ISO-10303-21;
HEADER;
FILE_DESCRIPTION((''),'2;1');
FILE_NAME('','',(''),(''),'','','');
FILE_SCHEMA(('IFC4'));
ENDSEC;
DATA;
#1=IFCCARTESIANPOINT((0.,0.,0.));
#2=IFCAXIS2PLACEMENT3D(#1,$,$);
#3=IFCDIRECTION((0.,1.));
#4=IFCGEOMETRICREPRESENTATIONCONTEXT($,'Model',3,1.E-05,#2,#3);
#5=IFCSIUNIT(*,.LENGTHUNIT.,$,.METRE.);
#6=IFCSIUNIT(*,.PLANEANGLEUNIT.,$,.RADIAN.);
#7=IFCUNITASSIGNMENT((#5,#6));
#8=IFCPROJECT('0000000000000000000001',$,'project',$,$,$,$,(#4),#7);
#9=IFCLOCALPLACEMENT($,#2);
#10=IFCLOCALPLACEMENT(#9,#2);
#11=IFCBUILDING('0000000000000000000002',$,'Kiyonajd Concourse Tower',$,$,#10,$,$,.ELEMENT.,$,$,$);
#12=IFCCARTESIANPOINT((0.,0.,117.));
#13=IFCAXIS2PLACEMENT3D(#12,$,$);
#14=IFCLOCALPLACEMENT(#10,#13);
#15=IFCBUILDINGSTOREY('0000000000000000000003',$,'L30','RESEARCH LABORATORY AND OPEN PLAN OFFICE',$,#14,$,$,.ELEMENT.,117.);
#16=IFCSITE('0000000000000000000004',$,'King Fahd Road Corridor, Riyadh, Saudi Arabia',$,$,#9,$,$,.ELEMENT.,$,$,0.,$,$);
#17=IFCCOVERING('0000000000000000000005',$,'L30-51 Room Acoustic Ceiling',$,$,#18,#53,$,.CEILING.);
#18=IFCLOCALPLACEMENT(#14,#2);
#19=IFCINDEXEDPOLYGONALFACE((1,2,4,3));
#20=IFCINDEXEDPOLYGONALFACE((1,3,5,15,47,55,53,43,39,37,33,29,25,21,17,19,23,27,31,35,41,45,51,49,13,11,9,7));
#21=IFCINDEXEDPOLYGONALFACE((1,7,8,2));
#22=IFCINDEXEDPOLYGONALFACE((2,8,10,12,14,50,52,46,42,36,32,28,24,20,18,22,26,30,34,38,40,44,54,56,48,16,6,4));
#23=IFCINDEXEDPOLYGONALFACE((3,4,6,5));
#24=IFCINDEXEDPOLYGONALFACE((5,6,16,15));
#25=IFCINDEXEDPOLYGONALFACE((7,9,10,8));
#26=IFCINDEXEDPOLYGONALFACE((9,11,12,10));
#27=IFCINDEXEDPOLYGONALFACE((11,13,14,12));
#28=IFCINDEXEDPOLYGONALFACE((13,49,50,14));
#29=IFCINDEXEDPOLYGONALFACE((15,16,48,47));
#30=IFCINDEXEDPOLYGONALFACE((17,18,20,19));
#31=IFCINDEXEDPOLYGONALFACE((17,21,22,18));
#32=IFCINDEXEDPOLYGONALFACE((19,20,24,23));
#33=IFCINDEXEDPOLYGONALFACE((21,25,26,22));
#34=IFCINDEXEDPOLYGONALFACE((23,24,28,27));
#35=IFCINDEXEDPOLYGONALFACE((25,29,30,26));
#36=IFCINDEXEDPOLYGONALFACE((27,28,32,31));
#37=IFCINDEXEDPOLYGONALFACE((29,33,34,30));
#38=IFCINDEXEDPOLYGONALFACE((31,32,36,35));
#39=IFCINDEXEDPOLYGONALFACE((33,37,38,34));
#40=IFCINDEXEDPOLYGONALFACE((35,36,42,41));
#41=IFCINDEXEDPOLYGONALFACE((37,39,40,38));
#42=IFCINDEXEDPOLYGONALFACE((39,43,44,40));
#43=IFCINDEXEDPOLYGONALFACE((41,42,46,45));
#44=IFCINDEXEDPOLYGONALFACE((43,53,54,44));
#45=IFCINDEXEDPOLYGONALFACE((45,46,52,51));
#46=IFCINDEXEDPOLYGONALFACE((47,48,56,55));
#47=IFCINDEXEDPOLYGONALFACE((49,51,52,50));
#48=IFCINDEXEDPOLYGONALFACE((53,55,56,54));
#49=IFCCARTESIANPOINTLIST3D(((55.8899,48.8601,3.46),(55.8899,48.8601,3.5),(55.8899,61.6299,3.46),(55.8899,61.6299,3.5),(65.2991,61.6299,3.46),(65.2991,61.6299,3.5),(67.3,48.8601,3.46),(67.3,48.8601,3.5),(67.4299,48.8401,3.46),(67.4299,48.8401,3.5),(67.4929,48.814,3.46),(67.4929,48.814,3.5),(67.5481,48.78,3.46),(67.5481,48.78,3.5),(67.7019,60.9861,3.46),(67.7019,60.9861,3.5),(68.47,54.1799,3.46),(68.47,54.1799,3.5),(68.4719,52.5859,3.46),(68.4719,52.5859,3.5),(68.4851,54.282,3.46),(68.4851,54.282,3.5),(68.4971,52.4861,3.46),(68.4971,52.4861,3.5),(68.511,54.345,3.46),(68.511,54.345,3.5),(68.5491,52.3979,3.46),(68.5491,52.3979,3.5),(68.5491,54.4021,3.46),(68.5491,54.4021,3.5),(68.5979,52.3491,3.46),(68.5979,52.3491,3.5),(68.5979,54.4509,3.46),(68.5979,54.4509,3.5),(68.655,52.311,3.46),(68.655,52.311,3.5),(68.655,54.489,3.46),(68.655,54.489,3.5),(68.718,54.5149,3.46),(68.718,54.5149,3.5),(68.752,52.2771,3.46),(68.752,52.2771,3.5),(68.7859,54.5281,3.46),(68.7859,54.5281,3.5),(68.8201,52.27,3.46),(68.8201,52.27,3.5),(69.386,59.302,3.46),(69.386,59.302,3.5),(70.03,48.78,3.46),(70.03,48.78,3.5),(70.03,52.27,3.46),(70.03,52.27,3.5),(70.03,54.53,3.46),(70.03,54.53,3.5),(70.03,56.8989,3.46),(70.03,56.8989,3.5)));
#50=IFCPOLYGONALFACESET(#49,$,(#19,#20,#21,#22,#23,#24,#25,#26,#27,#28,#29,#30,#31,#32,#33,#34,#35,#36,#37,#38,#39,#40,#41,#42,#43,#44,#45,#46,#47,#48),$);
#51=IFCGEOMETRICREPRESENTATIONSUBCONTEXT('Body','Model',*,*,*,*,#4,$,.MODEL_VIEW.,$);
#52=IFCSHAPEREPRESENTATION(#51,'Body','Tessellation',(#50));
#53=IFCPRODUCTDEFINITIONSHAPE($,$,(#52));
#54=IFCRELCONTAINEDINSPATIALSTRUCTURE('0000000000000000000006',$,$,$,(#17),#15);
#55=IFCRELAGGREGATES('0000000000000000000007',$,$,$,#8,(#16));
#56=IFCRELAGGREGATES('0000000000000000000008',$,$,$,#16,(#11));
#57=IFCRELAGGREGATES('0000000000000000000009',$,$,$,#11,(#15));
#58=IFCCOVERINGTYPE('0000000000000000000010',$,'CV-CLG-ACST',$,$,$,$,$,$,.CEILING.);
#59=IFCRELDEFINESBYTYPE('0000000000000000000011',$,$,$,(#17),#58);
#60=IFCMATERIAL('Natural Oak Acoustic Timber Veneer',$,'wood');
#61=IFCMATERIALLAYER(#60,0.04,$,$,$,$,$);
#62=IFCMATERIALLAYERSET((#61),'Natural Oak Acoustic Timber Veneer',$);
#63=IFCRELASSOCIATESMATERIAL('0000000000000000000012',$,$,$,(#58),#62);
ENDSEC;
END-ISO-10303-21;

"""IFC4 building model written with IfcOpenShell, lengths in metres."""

from ifc_helpers import new_model, si_unit, direction, frame, origin, place, context, subcontext, project, spatial, polyline, outline, extrude, material, layer, layer_set, type_object, element, save


model = new_model("IFC4")

# Units and contexts
model_context = context("Model", 3, precision=1e-05, world=origin(), true_north=direction((0.0, 1.0)))
body_context = subcontext(model_context, "Body", "Model", "MODEL_VIEW")
ifc_project = project(units=[si_unit("LENGTHUNIT", "METRE"), si_unit("PLANEANGLEUNIT", "RADIAN")], contexts=[model_context])

# Site, building, storey
site_placement = place(None, origin())
site = spatial("IfcSite", under=ifc_project, at=site_placement, Name="King Fahd Road Corridor, Riyadh, Saudi Arabia", CompositionType="ELEMENT", RefElevation=0.0)
building_placement = place(site_placement, origin())
building = spatial("IfcBuilding", under=site, at=building_placement, Name="Kiyonajd Concourse Tower", CompositionType="ELEMENT")
storey_placement = place(building_placement, frame((0.0, 0.0, 117.0)))
storey = spatial("IfcBuildingStorey", under=building, at=storey_placement, Name="L30", Description="RESEARCH LABORATORY AND OPEN PLAN OFFICE", CompositionType="ELEMENT", Elevation=117.0)

# Shared definitions
ifc_material_1 = material(Name="Natural Oak Acoustic Timber Veneer", Category="wood")

# Covering
ifc_layer_1 = layer(ifc_material_1, 0.04)
ifc_layer_set_1 = layer_set([ifc_layer_1], Name="Natural Oak Acoustic Timber Veneer")
covering_type = type_object("IfcCoveringType", Name="CV-CLG-ACST", PredefinedType="CEILING", material=ifc_layer_set_1)
covering_1_placement = place(storey_placement, frame((0.0, 0.0, 3.46)))
element("IfcCovering", 1, at=covering_1_placement, inside=storey, type_object=covering_type, Name="L30-51 Room Acoustic Ceiling", PredefinedType="CEILING", context=body_context, shape_type="SweptSolid", body=[
    extrude(outline(polyline([(67.5481, 48.78), (67.4929, 48.814), (67.4299, 48.8401), (67.3, 48.8601), (55.8899, 48.8601), (55.8899, 61.6299), (65.2991, 61.6299), (67.7019, 60.9861), (69.386, 59.302), (70.03, 56.8989), (70.03, 54.53), (68.7859, 54.5281), (68.718, 54.5149), (68.655, 54.489), (68.5979, 54.4509), (68.5491, 54.4021), (68.511, 54.345), (68.4851, 54.282), (68.47, 54.1799), (68.4719, 52.5859), (68.4971, 52.4861), (68.5491, 52.3979), (68.5979, 52.3491), (68.655, 52.311), (68.752, 52.2771), (68.8201, 52.27), (70.03, 52.27), (70.03, 48.78), (67.5481, 48.78)])), origin(), (0.0, 0.0, 1.0), 0.04),
])

save(model, "model.ifc")
